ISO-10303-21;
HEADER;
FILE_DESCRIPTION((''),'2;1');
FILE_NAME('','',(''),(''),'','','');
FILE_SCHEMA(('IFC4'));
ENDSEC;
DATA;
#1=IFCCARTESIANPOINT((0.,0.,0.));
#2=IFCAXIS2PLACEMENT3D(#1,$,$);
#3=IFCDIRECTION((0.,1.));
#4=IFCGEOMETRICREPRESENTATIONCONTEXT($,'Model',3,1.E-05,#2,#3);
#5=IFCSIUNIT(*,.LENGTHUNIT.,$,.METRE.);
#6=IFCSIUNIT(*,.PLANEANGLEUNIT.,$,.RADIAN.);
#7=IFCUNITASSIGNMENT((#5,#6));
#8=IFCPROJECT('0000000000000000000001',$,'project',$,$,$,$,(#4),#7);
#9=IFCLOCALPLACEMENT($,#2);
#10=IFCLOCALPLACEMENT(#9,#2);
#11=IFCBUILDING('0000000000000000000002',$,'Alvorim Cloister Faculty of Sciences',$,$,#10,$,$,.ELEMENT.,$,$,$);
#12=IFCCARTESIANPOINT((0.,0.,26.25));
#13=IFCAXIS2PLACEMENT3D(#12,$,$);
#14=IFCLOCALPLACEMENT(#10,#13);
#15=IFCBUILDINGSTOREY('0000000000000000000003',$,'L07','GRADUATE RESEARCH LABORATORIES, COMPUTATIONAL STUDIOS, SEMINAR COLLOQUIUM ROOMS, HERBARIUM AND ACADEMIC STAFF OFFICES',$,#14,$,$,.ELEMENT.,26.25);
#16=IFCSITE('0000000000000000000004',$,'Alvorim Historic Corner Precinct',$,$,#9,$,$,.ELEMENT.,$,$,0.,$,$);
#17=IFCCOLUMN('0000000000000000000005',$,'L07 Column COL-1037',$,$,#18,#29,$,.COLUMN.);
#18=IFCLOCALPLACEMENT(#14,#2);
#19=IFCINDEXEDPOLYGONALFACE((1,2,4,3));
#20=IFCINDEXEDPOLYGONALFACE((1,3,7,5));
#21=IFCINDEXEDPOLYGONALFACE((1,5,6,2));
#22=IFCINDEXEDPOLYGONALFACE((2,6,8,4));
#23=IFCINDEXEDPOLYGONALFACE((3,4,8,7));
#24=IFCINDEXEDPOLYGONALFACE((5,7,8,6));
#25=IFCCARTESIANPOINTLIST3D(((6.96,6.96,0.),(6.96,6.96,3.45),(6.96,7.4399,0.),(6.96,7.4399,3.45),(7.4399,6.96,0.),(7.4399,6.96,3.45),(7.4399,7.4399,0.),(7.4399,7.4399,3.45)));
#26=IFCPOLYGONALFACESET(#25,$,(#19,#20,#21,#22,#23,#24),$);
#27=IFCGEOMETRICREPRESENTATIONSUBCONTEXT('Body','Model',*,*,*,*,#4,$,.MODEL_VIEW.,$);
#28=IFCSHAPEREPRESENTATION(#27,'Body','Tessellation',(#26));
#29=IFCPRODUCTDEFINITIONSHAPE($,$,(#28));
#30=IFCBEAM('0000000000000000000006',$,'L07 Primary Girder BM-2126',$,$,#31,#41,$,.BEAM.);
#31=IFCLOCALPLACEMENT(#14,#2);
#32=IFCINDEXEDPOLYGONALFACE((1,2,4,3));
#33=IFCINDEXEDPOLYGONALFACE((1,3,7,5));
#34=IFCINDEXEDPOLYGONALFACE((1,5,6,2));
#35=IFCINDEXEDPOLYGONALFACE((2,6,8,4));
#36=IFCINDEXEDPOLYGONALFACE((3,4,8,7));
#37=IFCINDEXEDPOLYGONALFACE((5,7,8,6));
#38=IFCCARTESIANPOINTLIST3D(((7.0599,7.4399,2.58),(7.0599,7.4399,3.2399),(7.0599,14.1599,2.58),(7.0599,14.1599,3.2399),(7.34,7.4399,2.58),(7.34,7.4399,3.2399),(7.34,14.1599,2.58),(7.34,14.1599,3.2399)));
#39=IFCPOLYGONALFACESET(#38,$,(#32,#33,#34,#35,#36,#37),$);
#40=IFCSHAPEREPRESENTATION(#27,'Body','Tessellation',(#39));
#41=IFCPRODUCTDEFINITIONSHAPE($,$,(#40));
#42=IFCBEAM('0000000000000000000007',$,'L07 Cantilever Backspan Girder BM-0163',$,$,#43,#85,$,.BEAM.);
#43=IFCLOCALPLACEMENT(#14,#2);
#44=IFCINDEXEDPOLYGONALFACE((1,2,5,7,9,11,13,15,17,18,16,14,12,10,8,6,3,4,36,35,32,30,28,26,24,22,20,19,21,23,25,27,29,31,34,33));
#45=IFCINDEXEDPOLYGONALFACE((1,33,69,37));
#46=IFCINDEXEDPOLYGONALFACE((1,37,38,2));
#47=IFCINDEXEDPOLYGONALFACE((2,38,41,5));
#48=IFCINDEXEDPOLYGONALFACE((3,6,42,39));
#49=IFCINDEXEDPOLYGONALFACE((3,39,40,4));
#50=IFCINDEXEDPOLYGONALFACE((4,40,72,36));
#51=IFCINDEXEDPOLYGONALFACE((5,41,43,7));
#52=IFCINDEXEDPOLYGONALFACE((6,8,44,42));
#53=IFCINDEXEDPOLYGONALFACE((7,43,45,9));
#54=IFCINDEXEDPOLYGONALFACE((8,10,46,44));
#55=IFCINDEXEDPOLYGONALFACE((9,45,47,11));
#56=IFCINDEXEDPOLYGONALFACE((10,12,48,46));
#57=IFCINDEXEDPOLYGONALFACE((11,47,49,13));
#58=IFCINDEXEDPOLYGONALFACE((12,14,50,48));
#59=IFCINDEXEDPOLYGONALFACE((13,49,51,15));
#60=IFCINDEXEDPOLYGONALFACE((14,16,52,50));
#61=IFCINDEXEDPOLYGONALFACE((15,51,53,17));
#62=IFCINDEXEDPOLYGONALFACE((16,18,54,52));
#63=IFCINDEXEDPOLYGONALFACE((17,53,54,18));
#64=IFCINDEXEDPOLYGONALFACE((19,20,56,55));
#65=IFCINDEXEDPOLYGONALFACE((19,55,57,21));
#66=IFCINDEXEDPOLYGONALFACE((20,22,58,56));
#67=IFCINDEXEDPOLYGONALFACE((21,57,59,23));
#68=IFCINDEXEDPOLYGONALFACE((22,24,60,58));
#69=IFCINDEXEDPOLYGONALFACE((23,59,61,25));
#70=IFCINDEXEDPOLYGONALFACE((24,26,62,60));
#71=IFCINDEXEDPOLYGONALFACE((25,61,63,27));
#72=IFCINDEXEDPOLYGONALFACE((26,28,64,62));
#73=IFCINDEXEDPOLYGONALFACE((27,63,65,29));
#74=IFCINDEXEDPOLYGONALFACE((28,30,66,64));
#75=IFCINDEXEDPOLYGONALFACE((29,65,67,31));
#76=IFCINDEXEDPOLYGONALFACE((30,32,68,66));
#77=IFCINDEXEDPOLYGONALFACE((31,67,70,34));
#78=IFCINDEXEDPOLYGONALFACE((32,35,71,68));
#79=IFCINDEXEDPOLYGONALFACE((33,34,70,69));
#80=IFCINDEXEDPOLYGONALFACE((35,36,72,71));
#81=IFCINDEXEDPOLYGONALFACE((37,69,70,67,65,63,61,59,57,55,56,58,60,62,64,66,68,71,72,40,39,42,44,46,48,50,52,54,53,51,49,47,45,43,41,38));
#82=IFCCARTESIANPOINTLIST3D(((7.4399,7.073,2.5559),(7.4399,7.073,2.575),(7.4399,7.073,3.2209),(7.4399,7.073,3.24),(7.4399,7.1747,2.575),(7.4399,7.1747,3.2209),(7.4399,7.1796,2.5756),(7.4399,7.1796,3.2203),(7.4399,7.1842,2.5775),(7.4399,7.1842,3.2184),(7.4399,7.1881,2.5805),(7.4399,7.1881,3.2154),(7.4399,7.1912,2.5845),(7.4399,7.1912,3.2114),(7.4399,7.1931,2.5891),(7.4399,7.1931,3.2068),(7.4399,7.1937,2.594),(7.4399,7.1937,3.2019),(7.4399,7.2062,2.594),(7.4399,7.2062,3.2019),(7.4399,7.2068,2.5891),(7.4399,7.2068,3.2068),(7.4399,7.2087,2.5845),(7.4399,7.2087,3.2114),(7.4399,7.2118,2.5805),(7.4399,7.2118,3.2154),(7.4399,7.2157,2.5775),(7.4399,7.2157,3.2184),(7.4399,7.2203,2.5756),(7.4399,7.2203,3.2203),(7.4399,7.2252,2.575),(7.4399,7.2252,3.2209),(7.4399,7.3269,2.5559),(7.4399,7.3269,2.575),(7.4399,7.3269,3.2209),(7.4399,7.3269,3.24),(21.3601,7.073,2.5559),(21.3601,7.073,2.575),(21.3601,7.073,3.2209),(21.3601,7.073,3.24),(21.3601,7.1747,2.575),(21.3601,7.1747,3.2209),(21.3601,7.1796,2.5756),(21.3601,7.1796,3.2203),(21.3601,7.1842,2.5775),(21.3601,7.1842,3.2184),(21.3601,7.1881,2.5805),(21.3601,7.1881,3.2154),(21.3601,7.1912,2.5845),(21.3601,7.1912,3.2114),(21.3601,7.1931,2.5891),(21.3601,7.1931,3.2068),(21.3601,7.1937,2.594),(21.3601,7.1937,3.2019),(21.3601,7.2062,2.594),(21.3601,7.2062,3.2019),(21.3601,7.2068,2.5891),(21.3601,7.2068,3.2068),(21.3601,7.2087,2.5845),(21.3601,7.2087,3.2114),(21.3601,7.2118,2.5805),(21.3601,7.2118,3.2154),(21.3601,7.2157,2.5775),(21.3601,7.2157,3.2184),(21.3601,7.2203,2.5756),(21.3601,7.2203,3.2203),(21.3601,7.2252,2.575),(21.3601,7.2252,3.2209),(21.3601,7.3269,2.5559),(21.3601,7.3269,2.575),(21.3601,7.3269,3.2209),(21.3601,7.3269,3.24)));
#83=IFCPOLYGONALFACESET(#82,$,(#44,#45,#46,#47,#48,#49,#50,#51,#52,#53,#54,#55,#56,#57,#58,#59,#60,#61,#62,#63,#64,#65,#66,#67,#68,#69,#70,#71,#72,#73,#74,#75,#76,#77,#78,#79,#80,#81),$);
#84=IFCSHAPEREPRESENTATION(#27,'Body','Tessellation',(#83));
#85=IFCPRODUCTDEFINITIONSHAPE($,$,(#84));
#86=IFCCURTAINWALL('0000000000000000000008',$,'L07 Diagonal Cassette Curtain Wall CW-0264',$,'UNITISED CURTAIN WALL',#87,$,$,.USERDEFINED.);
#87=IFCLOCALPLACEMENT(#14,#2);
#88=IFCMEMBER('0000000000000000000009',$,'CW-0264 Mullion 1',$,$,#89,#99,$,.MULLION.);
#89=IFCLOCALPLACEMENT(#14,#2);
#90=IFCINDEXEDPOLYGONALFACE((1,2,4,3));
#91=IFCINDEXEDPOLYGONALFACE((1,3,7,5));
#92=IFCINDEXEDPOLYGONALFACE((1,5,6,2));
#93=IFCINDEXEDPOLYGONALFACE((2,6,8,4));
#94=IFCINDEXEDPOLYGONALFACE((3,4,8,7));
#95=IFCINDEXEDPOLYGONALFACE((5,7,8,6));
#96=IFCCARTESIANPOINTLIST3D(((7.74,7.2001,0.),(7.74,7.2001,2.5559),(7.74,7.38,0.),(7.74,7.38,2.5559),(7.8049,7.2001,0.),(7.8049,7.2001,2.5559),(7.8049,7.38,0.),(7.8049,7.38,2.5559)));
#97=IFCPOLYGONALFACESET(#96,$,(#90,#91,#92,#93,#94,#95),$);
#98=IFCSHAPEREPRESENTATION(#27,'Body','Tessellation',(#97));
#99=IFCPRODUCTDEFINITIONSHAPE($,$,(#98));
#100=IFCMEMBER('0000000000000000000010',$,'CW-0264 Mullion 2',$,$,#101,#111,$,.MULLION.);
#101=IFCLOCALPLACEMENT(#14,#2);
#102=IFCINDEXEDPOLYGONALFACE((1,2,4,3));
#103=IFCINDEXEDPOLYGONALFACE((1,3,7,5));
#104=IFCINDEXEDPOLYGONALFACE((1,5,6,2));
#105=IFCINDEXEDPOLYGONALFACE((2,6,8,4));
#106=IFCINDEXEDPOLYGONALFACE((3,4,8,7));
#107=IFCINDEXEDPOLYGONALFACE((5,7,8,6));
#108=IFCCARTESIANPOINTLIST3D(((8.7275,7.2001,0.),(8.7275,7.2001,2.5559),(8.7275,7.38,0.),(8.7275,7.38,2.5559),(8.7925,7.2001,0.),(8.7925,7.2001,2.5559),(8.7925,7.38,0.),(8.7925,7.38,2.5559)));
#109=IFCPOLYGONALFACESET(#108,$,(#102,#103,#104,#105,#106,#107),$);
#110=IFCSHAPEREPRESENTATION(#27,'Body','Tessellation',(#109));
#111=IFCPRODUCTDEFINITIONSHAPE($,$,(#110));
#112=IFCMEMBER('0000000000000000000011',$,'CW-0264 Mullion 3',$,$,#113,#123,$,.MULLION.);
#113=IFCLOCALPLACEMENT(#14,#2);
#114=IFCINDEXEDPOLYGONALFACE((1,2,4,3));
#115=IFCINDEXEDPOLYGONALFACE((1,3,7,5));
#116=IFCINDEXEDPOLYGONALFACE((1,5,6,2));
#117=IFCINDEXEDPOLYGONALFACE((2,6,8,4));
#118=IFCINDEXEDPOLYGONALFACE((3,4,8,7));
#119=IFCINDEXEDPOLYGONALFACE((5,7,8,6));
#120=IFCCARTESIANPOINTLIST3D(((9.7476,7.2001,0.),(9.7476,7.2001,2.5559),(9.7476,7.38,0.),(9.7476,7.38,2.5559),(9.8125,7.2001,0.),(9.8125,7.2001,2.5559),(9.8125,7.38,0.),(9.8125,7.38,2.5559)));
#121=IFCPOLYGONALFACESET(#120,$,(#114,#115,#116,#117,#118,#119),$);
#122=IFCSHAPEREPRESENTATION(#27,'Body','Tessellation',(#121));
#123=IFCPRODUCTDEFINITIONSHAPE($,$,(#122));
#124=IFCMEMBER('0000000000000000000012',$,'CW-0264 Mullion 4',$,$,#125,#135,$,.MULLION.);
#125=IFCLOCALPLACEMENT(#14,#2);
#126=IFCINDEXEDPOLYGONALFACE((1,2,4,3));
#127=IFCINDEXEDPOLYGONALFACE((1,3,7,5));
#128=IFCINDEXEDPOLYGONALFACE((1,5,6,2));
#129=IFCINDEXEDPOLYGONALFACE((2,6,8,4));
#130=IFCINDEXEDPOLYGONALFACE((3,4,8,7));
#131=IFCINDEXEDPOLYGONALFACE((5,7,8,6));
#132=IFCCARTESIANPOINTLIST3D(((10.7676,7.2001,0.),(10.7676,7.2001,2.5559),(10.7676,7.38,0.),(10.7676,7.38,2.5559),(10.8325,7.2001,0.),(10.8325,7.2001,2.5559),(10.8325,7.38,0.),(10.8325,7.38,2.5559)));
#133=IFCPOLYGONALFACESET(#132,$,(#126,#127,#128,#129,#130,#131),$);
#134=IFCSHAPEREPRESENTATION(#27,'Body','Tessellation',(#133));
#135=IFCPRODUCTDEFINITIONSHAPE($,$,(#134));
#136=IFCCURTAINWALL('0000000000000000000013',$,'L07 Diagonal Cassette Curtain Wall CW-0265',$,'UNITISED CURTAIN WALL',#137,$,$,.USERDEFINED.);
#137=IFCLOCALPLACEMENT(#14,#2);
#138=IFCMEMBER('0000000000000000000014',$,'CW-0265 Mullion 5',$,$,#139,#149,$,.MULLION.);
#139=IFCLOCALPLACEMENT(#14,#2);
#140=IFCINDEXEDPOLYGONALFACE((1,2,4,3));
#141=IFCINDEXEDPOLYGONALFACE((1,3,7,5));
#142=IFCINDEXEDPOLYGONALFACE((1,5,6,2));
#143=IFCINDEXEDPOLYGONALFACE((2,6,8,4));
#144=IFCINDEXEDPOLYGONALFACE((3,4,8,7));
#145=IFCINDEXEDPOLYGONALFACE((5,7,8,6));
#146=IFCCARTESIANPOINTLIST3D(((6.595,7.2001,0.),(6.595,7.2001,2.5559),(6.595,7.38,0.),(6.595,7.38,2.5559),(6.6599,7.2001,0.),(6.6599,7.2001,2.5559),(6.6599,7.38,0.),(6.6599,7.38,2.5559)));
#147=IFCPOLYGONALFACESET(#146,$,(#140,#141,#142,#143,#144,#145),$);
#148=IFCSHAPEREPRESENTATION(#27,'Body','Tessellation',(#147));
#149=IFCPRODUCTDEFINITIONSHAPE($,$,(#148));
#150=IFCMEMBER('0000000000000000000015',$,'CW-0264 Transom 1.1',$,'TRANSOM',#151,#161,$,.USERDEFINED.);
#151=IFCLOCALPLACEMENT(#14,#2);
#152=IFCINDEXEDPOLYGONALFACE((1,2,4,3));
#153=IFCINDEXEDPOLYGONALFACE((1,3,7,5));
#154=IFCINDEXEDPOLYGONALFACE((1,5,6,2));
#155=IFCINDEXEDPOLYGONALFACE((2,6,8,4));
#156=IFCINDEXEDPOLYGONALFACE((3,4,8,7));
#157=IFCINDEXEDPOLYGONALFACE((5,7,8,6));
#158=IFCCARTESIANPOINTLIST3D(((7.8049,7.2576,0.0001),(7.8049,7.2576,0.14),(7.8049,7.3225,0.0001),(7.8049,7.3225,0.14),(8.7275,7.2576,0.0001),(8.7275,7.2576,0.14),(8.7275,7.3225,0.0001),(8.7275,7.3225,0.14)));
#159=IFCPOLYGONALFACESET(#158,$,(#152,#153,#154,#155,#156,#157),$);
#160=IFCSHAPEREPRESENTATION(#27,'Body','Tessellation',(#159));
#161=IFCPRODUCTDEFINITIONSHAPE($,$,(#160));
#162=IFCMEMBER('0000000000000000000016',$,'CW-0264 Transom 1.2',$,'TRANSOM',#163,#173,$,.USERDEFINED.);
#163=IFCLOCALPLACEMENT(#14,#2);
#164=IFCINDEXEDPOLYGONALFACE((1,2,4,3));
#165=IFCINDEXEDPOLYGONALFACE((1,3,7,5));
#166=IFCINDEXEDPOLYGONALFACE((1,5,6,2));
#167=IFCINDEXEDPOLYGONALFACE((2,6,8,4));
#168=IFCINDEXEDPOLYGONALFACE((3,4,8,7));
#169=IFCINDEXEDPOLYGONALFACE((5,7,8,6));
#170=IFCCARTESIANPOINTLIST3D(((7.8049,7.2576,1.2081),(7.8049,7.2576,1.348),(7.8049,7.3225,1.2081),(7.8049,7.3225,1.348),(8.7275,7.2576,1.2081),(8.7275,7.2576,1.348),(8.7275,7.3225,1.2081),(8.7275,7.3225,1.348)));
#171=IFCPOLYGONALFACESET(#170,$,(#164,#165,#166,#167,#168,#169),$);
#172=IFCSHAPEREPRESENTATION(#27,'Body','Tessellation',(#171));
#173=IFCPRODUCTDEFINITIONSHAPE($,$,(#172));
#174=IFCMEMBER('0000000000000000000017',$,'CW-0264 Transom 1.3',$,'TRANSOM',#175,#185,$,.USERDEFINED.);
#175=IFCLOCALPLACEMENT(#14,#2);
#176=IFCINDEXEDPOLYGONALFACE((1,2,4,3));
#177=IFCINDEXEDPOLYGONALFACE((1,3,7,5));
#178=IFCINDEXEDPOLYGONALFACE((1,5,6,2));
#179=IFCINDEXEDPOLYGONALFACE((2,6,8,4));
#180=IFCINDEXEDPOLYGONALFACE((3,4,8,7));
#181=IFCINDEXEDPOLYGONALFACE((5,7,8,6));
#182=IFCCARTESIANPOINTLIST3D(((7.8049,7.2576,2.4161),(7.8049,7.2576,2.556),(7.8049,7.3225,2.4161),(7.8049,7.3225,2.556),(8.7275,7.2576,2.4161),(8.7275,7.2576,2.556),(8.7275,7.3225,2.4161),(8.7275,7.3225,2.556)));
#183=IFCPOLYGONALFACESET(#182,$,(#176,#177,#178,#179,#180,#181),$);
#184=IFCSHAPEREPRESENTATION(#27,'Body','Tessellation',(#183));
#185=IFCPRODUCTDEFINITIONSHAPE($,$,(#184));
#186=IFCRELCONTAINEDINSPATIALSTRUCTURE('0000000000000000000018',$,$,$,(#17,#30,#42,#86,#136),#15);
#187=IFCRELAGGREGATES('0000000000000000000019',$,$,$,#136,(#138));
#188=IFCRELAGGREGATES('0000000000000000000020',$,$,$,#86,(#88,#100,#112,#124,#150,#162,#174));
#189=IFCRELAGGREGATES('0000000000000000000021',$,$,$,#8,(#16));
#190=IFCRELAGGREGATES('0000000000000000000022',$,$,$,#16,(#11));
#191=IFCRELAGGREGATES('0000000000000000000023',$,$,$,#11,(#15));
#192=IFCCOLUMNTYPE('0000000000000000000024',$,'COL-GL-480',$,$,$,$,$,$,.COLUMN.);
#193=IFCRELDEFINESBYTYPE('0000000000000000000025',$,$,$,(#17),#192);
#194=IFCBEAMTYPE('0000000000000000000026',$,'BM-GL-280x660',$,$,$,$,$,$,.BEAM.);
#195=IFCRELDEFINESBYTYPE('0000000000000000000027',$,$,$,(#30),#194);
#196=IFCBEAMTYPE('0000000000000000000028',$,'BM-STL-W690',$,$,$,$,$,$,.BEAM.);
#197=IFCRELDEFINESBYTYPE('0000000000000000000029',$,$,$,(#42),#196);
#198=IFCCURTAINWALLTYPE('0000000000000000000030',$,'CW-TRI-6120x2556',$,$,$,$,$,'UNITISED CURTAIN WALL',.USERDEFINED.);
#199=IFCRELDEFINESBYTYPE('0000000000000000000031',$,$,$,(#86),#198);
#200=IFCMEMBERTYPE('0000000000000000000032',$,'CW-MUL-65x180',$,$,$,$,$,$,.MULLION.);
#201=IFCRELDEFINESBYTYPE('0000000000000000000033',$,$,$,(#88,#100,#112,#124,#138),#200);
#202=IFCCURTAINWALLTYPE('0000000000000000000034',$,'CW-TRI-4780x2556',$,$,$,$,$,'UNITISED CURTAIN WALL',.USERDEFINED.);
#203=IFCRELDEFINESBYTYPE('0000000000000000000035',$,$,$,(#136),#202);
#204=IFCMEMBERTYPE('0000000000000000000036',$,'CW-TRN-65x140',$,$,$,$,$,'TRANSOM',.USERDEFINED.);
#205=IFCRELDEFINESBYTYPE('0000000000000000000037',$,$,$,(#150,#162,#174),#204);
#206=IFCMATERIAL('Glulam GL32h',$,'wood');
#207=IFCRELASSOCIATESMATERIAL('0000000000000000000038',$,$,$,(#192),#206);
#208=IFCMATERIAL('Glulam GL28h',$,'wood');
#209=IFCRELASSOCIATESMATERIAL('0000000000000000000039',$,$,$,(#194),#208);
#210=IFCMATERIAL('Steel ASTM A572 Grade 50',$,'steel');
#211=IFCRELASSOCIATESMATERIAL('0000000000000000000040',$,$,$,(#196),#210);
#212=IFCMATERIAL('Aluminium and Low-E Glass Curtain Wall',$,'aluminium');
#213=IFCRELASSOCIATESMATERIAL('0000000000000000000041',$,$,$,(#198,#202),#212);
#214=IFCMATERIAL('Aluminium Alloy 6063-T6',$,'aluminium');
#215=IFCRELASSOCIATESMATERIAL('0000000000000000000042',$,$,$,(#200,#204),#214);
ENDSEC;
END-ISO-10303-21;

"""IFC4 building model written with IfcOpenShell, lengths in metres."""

from ifc_helpers import new_model, si_unit, direction, frame, origin, origin_2d, place, context, subcontext, project, spatial, rectangle, i_section, extrude, material, material_profile, profile_set, type_object, element, aggregate, save


model = new_model("IFC4")

# Units and contexts
model_context = context("Model", 3, precision=1e-05, world=origin(), true_north=direction((0.0, 1.0)))
body_context = subcontext(model_context, "Body", "Model", "MODEL_VIEW")
ifc_project = project(units=[si_unit("LENGTHUNIT", "METRE"), si_unit("PLANEANGLEUNIT", "RADIAN")], contexts=[model_context])

# Site, building, storey
site_placement = place(None, origin())
site = spatial("IfcSite", under=ifc_project, at=site_placement, Name="Alvorim Historic Corner Precinct", CompositionType="ELEMENT", RefElevation=0.0)
building_placement = place(site_placement, origin())
building = spatial("IfcBuilding", under=site, at=building_placement, Name="Alvorim Cloister Faculty of Sciences", CompositionType="ELEMENT")
storey_placement = place(building_placement, frame((0.0, 0.0, 26.25)))
storey = spatial("IfcBuildingStorey", under=building, at=storey_placement, Name="L07", Description="GRADUATE RESEARCH LABORATORIES, COMPUTATIONAL STUDIOS, SEMINAR COLLOQUIUM ROOMS, HERBARIUM AND ACADEMIC STAFF OFFICES", CompositionType="ELEMENT", Elevation=26.25)

# Column
ifc_material_1 = material(Name="Glulam GL32h", Category="wood")
ifc_material_profile_1 = material_profile(ifc_material_1, rectangle(XDim=0.48, YDim=0.48, at=origin_2d()), Name="GL32-COL-480x480")
ifc_profile_set_1 = profile_set([ifc_material_profile_1], Name="Glulam GL32h")
column_type = type_object("IfcColumnType", Name="COL-GL-480", PredefinedType="COLUMN", material=ifc_profile_set_1)
column_placement = place(storey_placement, frame((7.2, 7.2, 0.0), z_axis=(0.0, 0.0, 1.0), x_axis=(1.0, 0.0, 0.0)))
element("IfcColumn", 1, at=column_placement, inside=storey, type_object=column_type, Name="L07 Column COL-1037", PredefinedType="COLUMN", context=body_context, shape_type="SweptSolid", body=[
    extrude(rectangle(XDim=0.48, YDim=0.48, at=origin_2d()), origin(), (0.0, 0.0, 1.0), 3.45),
])

# Beams
ifc_material_2 = material(Name="Glulam GL28h", Category="wood")
ifc_material_profile_2 = material_profile(ifc_material_2, rectangle(XDim=0.28, YDim=0.6599, at=origin_2d()), Name="GL28-BM-280x660")
ifc_profile_set_2 = profile_set([ifc_material_profile_2], Name="Glulam GL28h")
beam_type_1 = type_object("IfcBeamType", Name="BM-GL-280x660", PredefinedType="BEAM", material=ifc_profile_set_2)
beam_1_placement = place(storey_placement, frame((7.2, 7.4399, 2.9099), z_axis=(0.0, 1.0, 0.0), x_axis=(-1.0, 0.0, 0.0)))
element("IfcBeam", 2, at=beam_1_placement, inside=storey, type_object=beam_type_1, Name="L07 Primary Girder BM-2126", PredefinedType="BEAM", context=body_context, shape_type="SweptSolid", body=[
    extrude(rectangle(XDim=0.28, YDim=0.6599, at=origin_2d()), origin(), (0.0, 0.0, 1.0), 6.72),
])
ifc_material_3 = material(Name="Steel ASTM A572 Grade 50", Category="steel")
ifc_material_profile_3 = material_profile(ifc_material_3, i_section(OverallWidth=0.2539, OverallDepth=0.6841, WebThickness=0.0125, FlangeThickness=0.019, FilletRadius=0.019, at=origin_2d()), Name="W690x140.0")
ifc_profile_set_3 = profile_set([ifc_material_profile_3], Name="Steel ASTM A572 Grade 50")
beam_type_2 = type_object("IfcBeamType", Name="BM-STL-W690", PredefinedType="BEAM", material=ifc_profile_set_3)
beam_2_placement = place(storey_placement, frame((7.4399, 7.2, 2.8979), z_axis=(1.0, 0.0, 0.0), x_axis=(0.0, 1.0, 0.0)))
element("IfcBeam", 3, at=beam_2_placement, inside=storey, type_object=beam_type_2, Name="L07 Cantilever Backspan Girder BM-0163", PredefinedType="BEAM", context=body_context, shape_type="SweptSolid", body=[
    extrude(i_section(OverallWidth=0.2539, OverallDepth=0.6841, WebThickness=0.0125, FlangeThickness=0.019, FilletRadius=0.019, at=origin_2d()), origin(), (0.0, 0.0, 1.0), 13.9202),
])

# Curtain wall, members
ifc_material_4 = material(Name="Aluminium and Low-E Glass Curtain Wall", Category="aluminium")
curtain_wall_type_1 = type_object("IfcCurtainWallType", Name="CW-TRI-6120x2556", ElementType="UNITISED CURTAIN WALL", PredefinedType="USERDEFINED", material=ifc_material_4)
curtain_wall_1_placement = place(storey_placement, origin())
curtain_wall_1 = element("IfcCurtainWall", 4, at=curtain_wall_1_placement, inside=storey, type_object=curtain_wall_type_1, Name="L07 Diagonal Cassette Curtain Wall CW-0264", ObjectType="UNITISED CURTAIN WALL", PredefinedType="USERDEFINED")
ifc_material_5 = material(Name="Aluminium Alloy 6063-T6", Category="aluminium")
ifc_material_profile_4 = material_profile(ifc_material_5, rectangle(XDim=0.0649, YDim=0.1799, at=origin_2d()), Name="ALU-MUL-65x180")
ifc_profile_set_4 = profile_set([ifc_material_profile_4], Name="Aluminium Alloy 6063-T6")
member_type_1 = type_object("IfcMemberType", Name="CW-MUL-65x180", PredefinedType="MULLION", material=ifc_profile_set_4)
member_1_placement = place(storey_placement, frame((7.7725, 7.29, 0.0), z_axis=(0.0, 0.0, 1.0), x_axis=(1.0, 0.0, 0.0)))
member_1 = element("IfcMember", 5, at=member_1_placement, type_object=member_type_1, Name="CW-0264 Mullion 1", PredefinedType="MULLION", context=body_context, shape_type="SweptSolid", body=[
    extrude(rectangle(XDim=0.0649, YDim=0.1799, at=origin_2d()), origin(), (0.0, 0.0, 1.0), 2.5559),
])
member_2_placement = place(storey_placement, frame((8.76, 7.29, 0.0), z_axis=(0.0, 0.0, 1.0), x_axis=(1.0, 0.0, 0.0)))
member_2 = element("IfcMember", 6, at=member_2_placement, type_object=member_type_1, Name="CW-0264 Mullion 2", PredefinedType="MULLION", context=body_context, shape_type="SweptSolid", body=[
    extrude(rectangle(XDim=0.0649, YDim=0.1799, at=origin_2d()), origin(), (0.0, 0.0, 1.0), 2.5559),
])
member_3_placement = place(storey_placement, frame((9.78, 7.29, 0.0), z_axis=(0.0, 0.0, 1.0), x_axis=(1.0, 0.0, 0.0)))
member_3 = element("IfcMember", 7, at=member_3_placement, type_object=member_type_1, Name="CW-0264 Mullion 3", PredefinedType="MULLION", context=body_context, shape_type="SweptSolid", body=[
    extrude(rectangle(XDim=0.0649, YDim=0.1799, at=origin_2d()), origin(), (0.0, 0.0, 1.0), 2.5559),
])
member_4_placement = place(storey_placement, frame((10.8, 7.29, 0.0), z_axis=(0.0, 0.0, 1.0), x_axis=(1.0, 0.0, 0.0)))
member_4 = element("IfcMember", 8, at=member_4_placement, type_object=member_type_1, Name="CW-0264 Mullion 4", PredefinedType="MULLION", context=body_context, shape_type="SweptSolid", body=[
    extrude(rectangle(XDim=0.0649, YDim=0.1799, at=origin_2d()), origin(), (0.0, 0.0, 1.0), 2.5559),
])

# Curtain wall, member
curtain_wall_type_2 = type_object("IfcCurtainWallType", Name="CW-TRI-4780x2556", ElementType="UNITISED CURTAIN WALL", PredefinedType="USERDEFINED", material=ifc_material_4)
curtain_wall_2_placement = place(storey_placement, origin())
curtain_wall_2 = element("IfcCurtainWall", 9, at=curtain_wall_2_placement, inside=storey, type_object=curtain_wall_type_2, Name="L07 Diagonal Cassette Curtain Wall CW-0265", ObjectType="UNITISED CURTAIN WALL", PredefinedType="USERDEFINED")
member_5_placement = place(storey_placement, frame((6.6274, 7.29, 0.0), z_axis=(0.0, 0.0, 1.0), x_axis=(1.0, 0.0, 0.0)))
member_5 = element("IfcMember", 10, at=member_5_placement, type_object=member_type_1, Name="CW-0265 Mullion 5", PredefinedType="MULLION", context=body_context, shape_type="SweptSolid", body=[
    extrude(rectangle(XDim=0.0649, YDim=0.1799, at=origin_2d()), origin(), (0.0, 0.0, 1.0), 2.5559),
])

# Members
ifc_material_profile_5 = material_profile(ifc_material_5, rectangle(XDim=0.0649, YDim=0.1399, at=origin_2d()), Name="ALU-TRN-65x140")
ifc_profile_set_5 = profile_set([ifc_material_profile_5], Name="Aluminium Alloy 6063-T6")
member_type_2 = type_object("IfcMemberType", Name="CW-TRN-65x140", ElementType="TRANSOM", PredefinedType="USERDEFINED", material=ifc_profile_set_5)
member_6_placement = place(storey_placement, frame((7.8049, 7.29, 0.0701), z_axis=(1.0, 0.0, 0.0), x_axis=(0.0, 1.0, 0.0)))
member_6 = element("IfcMember", 11, at=member_6_placement, type_object=member_type_2, Name="CW-0264 Transom 1.1", ObjectType="TRANSOM", PredefinedType="USERDEFINED", context=body_context, shape_type="SweptSolid", body=[
    extrude(rectangle(XDim=0.0649, YDim=0.1399, at=origin_2d()), origin(), (0.0, 0.0, 1.0), 0.9226),
])
member_7_placement = place(storey_placement, frame((7.8049, 7.29, 1.2781), z_axis=(1.0, 0.0, 0.0), x_axis=(0.0, 1.0, 0.0)))
member_7 = element("IfcMember", 12, at=member_7_placement, type_object=member_type_2, Name="CW-0264 Transom 1.2", ObjectType="TRANSOM", PredefinedType="USERDEFINED", context=body_context, shape_type="SweptSolid", body=[
    extrude(rectangle(XDim=0.0649, YDim=0.1399, at=origin_2d()), origin(), (0.0, 0.0, 1.0), 0.9226),
])
member_8_placement = place(storey_placement, frame((7.8049, 7.29, 2.4861), z_axis=(1.0, 0.0, 0.0), x_axis=(0.0, 1.0, 0.0)))
member_8 = element("IfcMember", 13, at=member_8_placement, type_object=member_type_2, Name="CW-0264 Transom 1.3", ObjectType="TRANSOM", PredefinedType="USERDEFINED", context=body_context, shape_type="SweptSolid", body=[
    extrude(rectangle(XDim=0.0649, YDim=0.1399, at=origin_2d()), origin(), (0.0, 0.0, 1.0), 0.9226),
])
aggregate(curtain_wall_2, [member_5])

aggregate(curtain_wall_1, [member_1, member_2, member_3, member_4, member_6, member_7, member_8])

save(model, "model.ifc")
